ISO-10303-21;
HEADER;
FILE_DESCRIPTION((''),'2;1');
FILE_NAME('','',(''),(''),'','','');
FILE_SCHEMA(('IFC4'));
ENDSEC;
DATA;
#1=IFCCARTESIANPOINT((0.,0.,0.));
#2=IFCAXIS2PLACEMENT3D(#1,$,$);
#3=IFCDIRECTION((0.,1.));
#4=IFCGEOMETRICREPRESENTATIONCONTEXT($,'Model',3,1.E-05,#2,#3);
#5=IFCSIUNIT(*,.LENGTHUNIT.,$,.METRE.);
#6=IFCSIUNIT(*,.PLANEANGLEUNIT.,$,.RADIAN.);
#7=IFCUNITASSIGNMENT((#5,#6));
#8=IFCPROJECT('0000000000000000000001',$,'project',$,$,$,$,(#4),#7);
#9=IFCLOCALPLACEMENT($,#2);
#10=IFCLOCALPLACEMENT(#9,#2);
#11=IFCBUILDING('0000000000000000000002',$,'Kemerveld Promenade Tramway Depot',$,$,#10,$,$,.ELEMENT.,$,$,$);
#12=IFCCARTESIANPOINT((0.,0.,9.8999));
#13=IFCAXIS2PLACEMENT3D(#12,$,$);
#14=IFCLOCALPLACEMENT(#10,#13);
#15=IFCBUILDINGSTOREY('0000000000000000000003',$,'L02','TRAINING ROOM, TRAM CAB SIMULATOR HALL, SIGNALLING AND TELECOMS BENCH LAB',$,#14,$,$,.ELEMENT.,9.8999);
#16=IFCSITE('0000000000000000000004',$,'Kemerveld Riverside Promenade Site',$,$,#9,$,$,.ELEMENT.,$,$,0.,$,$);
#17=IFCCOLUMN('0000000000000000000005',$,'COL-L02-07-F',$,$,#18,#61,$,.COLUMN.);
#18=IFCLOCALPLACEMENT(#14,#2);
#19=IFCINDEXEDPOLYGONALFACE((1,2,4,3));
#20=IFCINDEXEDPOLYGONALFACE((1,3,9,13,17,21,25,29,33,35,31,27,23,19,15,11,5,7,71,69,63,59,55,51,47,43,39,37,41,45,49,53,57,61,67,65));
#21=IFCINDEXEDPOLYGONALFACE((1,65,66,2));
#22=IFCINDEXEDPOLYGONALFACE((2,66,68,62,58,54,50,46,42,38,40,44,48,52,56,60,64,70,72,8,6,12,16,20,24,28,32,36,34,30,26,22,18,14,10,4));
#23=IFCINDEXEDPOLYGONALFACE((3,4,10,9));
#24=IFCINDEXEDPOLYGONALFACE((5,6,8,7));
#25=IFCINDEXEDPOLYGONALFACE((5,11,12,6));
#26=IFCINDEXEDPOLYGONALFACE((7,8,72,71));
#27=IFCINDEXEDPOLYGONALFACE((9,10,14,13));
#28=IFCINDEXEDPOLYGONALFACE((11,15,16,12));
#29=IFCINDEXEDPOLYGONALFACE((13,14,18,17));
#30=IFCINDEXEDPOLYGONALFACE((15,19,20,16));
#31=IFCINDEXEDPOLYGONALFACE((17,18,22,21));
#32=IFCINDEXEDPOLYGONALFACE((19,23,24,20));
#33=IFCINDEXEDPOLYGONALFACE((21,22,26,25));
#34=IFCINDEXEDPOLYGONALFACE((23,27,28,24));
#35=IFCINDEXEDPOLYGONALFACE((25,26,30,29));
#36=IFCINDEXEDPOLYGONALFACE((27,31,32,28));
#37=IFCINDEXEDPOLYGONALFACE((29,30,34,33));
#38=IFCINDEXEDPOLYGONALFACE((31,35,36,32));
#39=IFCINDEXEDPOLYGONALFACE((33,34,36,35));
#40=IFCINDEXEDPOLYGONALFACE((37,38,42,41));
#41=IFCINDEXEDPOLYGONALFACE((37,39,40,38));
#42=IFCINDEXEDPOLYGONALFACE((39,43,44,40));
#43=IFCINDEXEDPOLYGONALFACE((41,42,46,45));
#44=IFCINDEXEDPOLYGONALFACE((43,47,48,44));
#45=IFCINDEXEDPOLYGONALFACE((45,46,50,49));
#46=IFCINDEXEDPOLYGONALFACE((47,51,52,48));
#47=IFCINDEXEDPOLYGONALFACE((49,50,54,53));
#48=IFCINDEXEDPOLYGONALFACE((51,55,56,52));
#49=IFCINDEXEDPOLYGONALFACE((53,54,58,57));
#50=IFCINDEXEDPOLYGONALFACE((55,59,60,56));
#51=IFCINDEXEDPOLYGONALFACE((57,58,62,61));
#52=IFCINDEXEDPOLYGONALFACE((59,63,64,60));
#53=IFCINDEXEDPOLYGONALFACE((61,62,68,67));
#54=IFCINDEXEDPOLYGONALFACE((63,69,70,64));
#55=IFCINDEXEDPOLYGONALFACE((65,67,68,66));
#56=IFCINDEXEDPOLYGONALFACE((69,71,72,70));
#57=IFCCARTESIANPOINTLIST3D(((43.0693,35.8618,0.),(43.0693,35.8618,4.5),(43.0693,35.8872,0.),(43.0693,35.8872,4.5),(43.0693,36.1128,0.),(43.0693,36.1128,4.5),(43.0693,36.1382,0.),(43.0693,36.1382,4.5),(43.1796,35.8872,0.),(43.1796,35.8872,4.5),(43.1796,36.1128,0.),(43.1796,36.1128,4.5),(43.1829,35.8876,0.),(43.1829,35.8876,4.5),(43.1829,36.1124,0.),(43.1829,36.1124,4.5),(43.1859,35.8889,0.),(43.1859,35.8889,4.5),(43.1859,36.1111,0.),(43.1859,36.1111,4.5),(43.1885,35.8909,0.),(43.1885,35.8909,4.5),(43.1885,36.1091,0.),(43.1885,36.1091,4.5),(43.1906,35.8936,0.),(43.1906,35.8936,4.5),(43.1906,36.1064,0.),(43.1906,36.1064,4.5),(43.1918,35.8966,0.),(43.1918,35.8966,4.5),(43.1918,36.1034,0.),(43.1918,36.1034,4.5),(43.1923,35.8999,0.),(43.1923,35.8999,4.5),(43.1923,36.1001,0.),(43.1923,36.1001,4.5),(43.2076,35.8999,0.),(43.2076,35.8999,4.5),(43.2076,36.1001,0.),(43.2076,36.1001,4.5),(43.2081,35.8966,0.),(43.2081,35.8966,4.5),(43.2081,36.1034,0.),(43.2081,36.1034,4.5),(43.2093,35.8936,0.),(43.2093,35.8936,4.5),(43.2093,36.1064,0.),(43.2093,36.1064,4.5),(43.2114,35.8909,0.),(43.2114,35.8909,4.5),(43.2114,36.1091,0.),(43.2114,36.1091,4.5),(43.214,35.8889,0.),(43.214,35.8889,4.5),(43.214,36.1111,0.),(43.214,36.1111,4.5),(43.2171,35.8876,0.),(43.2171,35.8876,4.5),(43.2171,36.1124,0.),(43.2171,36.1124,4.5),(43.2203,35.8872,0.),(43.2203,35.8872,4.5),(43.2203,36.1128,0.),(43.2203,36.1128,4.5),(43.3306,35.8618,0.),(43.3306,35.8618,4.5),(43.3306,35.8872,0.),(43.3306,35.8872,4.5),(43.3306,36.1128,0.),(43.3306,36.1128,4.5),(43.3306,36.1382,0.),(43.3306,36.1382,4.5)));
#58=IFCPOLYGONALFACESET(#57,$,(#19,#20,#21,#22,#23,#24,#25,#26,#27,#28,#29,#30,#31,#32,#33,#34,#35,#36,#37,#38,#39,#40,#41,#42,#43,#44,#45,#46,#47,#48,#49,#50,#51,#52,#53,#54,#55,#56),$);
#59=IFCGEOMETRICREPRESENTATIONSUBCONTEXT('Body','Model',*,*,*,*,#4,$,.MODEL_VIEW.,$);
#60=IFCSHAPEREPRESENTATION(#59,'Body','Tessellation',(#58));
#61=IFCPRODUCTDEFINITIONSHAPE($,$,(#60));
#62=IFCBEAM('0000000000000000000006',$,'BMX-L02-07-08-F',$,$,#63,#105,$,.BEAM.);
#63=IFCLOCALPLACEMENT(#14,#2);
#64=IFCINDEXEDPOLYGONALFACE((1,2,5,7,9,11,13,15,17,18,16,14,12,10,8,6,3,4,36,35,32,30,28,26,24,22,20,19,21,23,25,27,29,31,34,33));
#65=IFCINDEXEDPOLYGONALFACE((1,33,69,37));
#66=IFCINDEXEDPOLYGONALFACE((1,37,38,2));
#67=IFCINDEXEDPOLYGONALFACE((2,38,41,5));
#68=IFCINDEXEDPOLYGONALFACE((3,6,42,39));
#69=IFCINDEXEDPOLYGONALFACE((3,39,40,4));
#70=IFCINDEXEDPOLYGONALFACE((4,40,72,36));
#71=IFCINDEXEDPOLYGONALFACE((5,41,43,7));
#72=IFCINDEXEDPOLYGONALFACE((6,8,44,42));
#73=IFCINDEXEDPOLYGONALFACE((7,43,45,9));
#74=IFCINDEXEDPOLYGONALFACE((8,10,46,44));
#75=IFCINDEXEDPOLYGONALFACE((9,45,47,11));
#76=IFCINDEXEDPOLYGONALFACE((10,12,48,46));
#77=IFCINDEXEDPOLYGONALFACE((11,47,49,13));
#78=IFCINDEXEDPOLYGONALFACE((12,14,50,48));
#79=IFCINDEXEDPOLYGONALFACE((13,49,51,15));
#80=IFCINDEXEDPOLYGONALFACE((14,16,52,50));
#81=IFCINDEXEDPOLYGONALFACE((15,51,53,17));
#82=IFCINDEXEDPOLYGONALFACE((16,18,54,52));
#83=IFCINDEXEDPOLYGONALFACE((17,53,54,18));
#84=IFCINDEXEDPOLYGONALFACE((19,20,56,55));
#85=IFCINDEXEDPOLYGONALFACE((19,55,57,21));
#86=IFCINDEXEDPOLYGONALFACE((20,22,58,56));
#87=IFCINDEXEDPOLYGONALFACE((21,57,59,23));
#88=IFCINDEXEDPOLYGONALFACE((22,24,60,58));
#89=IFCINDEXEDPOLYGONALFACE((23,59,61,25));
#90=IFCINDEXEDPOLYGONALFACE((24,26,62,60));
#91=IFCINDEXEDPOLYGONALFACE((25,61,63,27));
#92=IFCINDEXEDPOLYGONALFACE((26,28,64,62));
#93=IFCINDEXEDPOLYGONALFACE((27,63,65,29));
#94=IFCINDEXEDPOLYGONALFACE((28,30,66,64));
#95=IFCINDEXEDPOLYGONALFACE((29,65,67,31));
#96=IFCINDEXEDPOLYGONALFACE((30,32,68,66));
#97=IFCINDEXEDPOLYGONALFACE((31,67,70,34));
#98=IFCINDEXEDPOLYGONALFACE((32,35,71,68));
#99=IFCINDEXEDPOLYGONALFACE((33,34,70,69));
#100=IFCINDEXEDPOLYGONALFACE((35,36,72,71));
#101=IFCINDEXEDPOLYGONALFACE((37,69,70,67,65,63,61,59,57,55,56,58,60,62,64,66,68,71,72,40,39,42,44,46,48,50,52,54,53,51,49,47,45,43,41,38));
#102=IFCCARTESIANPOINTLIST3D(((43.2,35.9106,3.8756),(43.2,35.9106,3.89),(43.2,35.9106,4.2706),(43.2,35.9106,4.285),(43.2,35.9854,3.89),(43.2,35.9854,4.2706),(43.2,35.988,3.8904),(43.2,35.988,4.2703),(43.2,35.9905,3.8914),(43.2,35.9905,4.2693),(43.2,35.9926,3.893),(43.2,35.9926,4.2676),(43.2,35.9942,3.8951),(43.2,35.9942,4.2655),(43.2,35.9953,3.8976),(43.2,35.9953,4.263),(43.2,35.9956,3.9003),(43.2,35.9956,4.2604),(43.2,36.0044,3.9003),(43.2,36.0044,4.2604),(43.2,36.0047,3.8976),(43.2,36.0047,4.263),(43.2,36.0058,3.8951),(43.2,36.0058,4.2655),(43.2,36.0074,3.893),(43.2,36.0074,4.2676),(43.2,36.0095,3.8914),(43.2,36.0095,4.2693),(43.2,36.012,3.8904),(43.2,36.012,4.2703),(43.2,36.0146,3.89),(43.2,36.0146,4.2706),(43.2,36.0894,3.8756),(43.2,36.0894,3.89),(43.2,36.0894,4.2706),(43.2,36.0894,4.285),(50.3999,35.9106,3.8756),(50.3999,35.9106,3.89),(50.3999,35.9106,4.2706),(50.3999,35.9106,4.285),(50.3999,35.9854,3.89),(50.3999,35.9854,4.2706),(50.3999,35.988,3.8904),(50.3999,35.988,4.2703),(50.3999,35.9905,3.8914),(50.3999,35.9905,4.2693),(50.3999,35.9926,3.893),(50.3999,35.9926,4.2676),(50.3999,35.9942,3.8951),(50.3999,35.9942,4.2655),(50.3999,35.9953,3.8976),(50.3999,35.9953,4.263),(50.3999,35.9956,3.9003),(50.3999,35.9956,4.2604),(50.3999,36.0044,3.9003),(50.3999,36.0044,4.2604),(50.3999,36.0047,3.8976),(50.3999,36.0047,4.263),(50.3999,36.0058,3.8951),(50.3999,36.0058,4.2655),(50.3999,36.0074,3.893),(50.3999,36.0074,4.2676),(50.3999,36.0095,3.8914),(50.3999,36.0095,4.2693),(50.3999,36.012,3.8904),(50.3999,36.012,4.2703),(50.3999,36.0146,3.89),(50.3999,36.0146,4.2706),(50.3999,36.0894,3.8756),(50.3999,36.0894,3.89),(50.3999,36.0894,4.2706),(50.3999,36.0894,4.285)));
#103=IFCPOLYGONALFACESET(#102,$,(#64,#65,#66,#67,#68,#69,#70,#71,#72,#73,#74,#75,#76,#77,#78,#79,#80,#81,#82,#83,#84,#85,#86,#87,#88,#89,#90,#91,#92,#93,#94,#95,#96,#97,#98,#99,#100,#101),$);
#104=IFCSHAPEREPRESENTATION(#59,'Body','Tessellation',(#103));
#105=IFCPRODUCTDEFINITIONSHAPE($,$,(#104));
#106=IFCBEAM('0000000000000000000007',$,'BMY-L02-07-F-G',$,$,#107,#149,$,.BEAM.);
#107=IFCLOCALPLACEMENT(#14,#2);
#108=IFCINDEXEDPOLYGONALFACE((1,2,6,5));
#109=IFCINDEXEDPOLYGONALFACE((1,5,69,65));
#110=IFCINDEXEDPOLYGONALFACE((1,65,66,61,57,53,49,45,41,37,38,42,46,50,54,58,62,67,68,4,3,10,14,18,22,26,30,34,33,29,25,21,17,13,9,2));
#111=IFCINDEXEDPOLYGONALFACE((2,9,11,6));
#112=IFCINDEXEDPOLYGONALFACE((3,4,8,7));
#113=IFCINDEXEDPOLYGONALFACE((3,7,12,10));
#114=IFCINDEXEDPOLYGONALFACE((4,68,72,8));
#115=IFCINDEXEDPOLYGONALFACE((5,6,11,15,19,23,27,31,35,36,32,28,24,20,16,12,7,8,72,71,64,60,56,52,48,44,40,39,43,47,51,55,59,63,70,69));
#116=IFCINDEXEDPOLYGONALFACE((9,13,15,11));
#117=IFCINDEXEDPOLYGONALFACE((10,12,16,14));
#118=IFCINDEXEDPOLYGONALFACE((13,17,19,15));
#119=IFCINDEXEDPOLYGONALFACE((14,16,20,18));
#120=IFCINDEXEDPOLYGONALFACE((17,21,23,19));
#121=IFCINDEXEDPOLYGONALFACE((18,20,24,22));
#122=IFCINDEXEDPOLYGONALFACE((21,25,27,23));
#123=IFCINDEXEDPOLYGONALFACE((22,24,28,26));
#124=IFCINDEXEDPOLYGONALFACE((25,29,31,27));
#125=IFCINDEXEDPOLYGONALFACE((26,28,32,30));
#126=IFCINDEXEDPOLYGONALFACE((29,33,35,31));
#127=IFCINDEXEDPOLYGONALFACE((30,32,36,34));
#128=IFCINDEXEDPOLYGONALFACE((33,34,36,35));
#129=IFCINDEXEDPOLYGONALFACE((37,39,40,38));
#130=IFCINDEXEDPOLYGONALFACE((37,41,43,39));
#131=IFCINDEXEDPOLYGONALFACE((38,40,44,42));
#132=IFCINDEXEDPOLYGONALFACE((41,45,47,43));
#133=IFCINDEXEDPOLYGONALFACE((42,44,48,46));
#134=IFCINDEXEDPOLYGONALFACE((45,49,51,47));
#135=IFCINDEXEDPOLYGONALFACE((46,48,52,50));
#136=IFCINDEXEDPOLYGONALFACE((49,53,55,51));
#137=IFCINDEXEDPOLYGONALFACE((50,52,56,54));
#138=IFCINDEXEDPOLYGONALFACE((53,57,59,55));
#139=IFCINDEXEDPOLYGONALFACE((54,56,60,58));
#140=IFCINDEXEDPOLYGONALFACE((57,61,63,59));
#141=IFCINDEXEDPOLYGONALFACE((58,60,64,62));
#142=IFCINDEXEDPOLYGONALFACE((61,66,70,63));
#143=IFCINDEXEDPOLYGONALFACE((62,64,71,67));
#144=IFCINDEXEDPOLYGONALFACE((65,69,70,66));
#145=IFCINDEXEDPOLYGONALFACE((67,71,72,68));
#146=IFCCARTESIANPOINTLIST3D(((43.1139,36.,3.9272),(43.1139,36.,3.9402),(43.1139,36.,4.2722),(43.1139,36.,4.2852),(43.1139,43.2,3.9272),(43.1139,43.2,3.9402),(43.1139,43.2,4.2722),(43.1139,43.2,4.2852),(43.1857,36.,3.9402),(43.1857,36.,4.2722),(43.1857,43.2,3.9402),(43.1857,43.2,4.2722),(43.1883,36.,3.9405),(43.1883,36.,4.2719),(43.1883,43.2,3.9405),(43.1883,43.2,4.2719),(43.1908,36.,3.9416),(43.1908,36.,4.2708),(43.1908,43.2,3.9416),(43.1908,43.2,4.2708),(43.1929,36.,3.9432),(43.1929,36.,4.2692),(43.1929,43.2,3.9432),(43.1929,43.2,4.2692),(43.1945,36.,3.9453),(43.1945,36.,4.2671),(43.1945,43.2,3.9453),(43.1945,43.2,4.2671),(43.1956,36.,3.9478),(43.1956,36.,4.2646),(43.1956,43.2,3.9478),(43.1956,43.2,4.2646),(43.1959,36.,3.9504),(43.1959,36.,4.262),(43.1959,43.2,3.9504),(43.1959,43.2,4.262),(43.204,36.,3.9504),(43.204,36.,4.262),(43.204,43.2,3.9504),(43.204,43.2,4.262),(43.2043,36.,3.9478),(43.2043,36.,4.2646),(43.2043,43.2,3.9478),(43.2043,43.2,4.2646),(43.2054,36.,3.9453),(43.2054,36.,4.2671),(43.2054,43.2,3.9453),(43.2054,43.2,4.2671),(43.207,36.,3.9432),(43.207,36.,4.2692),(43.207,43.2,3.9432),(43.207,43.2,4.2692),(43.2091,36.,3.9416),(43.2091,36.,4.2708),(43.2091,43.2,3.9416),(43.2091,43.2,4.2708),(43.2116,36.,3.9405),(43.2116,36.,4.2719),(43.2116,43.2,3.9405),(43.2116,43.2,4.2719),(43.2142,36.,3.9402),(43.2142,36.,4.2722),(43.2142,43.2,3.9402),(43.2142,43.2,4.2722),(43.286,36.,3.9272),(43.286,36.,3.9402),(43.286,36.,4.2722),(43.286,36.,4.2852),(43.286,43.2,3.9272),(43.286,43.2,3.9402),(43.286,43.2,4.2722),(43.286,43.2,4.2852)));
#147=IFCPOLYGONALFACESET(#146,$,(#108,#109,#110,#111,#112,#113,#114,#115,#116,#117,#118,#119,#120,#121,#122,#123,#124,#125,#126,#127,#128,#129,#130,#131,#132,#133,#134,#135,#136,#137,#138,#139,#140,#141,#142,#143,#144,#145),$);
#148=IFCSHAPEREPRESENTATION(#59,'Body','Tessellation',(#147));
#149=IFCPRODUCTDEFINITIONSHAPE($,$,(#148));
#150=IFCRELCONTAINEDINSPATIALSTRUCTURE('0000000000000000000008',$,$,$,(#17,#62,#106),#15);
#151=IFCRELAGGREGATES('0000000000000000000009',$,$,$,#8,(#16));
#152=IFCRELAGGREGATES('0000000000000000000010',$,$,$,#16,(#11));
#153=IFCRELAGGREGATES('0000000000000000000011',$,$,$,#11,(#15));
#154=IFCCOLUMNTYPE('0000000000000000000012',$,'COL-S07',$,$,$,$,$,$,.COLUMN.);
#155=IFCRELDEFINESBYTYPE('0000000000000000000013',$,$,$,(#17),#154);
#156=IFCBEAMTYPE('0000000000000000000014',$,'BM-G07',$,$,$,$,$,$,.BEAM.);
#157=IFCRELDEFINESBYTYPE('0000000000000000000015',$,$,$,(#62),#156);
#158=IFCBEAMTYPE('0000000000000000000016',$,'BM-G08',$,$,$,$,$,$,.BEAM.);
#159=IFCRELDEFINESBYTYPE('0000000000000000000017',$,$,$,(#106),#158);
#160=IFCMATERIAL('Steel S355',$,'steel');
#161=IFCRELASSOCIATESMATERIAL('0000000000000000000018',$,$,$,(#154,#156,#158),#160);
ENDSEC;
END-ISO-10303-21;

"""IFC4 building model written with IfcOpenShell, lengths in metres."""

from ifc_helpers import new_model, si_unit, direction, frame, origin, origin_2d, place, context, subcontext, project, spatial, i_section, extrude, material, material_profile, profile_set, type_object, element, save


model = new_model("IFC4")

# Units and contexts
model_context = context("Model", 3, precision=1e-05, world=origin(), true_north=direction((0.0, 1.0)))
body_context = subcontext(model_context, "Body", "Model", "MODEL_VIEW")
ifc_project = project(units=[si_unit("LENGTHUNIT", "METRE"), si_unit("PLANEANGLEUNIT", "RADIAN")], contexts=[model_context])

# Site, building, storey
site_placement = place(None, origin())
site = spatial("IfcSite", under=ifc_project, at=site_placement, Name="Kemerveld Riverside Promenade Site", CompositionType="ELEMENT", RefElevation=0.0)
building_placement = place(site_placement, origin())
building = spatial("IfcBuilding", under=site, at=building_placement, Name="Kemerveld Promenade Tramway Depot", CompositionType="ELEMENT")
storey_placement = place(building_placement, frame((0.0, 0.0, 9.8999)))
storey = spatial("IfcBuildingStorey", under=building, at=storey_placement, Name="L02", Description="TRAINING ROOM, TRAM CAB SIMULATOR HALL, SIGNALLING AND TELECOMS BENCH LAB", CompositionType="ELEMENT", Elevation=9.8999)

# Column
ifc_material_1 = material(Name="Steel S355", Category="steel")
ifc_material_profile_1 = material_profile(ifc_material_1, i_section(OverallWidth=0.2612, OverallDepth=0.2764, WebThickness=0.0154, FlangeThickness=0.0254, FilletRadius=0.0127, at=origin_2d()), Name="254x254x132 UC")
ifc_profile_set_1 = profile_set([ifc_material_profile_1], Name="Steel S355")
column_type = type_object("IfcColumnType", Name="COL-S07", PredefinedType="COLUMN", material=ifc_profile_set_1)
column_placement = place(storey_placement, frame((43.2, 36.0, 0.0), z_axis=(0.0, 0.0, 1.0), x_axis=(1.0, 0.0, 0.0)))
element("IfcColumn", 1, at=column_placement, inside=storey, type_object=column_type, Name="COL-L02-07-F", PredefinedType="COLUMN", context=body_context, shape_type="SweptSolid", body=[
    extrude(i_section(OverallWidth=0.2612, OverallDepth=0.2764, WebThickness=0.0154, FlangeThickness=0.0254, FilletRadius=0.0127, at=origin_2d()), origin(), (0.0, 0.0, 1.0), 4.5),
])

# Beams
ifc_material_profile_2 = material_profile(ifc_material_1, i_section(OverallWidth=0.1787, OverallDepth=0.4094, WebThickness=0.0088, FlangeThickness=0.0144, FilletRadius=0.0103, at=origin_2d()), Name="406x178x67 UB")
ifc_profile_set_2 = profile_set([ifc_material_profile_2], Name="Steel S355")
beam_type_1 = type_object("IfcBeamType", Name="BM-G07", PredefinedType="BEAM", material=ifc_profile_set_2)
beam_1_placement = place(storey_placement, frame((43.2, 36.0, 4.0803), z_axis=(1.0, 0.0, 0.0), x_axis=(0.0, 1.0, 0.0)))
element("IfcBeam", 2, at=beam_1_placement, inside=storey, type_object=beam_type_1, Name="BMX-L02-07-08-F", PredefinedType="BEAM", context=body_context, shape_type="SweptSolid", body=[
    extrude(i_section(OverallWidth=0.1787, OverallDepth=0.4094, WebThickness=0.0088, FlangeThickness=0.0144, FilletRadius=0.0103, at=origin_2d()), origin(), (0.0, 0.0, 1.0), 7.2),
])
ifc_material_profile_3 = material_profile(ifc_material_1, i_section(OverallWidth=0.1721, OverallDepth=0.3579, WebThickness=0.0081, FlangeThickness=0.0129, FilletRadius=0.0103, at=origin_2d()), Name="356x171x57 UB")
ifc_profile_set_3 = profile_set([ifc_material_profile_3], Name="Steel S355")
beam_type_2 = type_object("IfcBeamType", Name="BM-G08", PredefinedType="BEAM", material=ifc_profile_set_3)
beam_2_placement = place(storey_placement, frame((43.2, 36.0, 4.1062), z_axis=(0.0, 1.0, 0.0), x_axis=(-1.0, 0.0, 0.0)))
element("IfcBeam", 3, at=beam_2_placement, inside=storey, type_object=beam_type_2, Name="BMY-L02-07-F-G", PredefinedType="BEAM", context=body_context, shape_type="SweptSolid", body=[
    extrude(i_section(OverallWidth=0.1721, OverallDepth=0.3579, WebThickness=0.0081, FlangeThickness=0.0129, FilletRadius=0.0103, at=origin_2d()), origin(), (0.0, 0.0, 1.0), 7.2),
])

save(model, "model.ifc")
